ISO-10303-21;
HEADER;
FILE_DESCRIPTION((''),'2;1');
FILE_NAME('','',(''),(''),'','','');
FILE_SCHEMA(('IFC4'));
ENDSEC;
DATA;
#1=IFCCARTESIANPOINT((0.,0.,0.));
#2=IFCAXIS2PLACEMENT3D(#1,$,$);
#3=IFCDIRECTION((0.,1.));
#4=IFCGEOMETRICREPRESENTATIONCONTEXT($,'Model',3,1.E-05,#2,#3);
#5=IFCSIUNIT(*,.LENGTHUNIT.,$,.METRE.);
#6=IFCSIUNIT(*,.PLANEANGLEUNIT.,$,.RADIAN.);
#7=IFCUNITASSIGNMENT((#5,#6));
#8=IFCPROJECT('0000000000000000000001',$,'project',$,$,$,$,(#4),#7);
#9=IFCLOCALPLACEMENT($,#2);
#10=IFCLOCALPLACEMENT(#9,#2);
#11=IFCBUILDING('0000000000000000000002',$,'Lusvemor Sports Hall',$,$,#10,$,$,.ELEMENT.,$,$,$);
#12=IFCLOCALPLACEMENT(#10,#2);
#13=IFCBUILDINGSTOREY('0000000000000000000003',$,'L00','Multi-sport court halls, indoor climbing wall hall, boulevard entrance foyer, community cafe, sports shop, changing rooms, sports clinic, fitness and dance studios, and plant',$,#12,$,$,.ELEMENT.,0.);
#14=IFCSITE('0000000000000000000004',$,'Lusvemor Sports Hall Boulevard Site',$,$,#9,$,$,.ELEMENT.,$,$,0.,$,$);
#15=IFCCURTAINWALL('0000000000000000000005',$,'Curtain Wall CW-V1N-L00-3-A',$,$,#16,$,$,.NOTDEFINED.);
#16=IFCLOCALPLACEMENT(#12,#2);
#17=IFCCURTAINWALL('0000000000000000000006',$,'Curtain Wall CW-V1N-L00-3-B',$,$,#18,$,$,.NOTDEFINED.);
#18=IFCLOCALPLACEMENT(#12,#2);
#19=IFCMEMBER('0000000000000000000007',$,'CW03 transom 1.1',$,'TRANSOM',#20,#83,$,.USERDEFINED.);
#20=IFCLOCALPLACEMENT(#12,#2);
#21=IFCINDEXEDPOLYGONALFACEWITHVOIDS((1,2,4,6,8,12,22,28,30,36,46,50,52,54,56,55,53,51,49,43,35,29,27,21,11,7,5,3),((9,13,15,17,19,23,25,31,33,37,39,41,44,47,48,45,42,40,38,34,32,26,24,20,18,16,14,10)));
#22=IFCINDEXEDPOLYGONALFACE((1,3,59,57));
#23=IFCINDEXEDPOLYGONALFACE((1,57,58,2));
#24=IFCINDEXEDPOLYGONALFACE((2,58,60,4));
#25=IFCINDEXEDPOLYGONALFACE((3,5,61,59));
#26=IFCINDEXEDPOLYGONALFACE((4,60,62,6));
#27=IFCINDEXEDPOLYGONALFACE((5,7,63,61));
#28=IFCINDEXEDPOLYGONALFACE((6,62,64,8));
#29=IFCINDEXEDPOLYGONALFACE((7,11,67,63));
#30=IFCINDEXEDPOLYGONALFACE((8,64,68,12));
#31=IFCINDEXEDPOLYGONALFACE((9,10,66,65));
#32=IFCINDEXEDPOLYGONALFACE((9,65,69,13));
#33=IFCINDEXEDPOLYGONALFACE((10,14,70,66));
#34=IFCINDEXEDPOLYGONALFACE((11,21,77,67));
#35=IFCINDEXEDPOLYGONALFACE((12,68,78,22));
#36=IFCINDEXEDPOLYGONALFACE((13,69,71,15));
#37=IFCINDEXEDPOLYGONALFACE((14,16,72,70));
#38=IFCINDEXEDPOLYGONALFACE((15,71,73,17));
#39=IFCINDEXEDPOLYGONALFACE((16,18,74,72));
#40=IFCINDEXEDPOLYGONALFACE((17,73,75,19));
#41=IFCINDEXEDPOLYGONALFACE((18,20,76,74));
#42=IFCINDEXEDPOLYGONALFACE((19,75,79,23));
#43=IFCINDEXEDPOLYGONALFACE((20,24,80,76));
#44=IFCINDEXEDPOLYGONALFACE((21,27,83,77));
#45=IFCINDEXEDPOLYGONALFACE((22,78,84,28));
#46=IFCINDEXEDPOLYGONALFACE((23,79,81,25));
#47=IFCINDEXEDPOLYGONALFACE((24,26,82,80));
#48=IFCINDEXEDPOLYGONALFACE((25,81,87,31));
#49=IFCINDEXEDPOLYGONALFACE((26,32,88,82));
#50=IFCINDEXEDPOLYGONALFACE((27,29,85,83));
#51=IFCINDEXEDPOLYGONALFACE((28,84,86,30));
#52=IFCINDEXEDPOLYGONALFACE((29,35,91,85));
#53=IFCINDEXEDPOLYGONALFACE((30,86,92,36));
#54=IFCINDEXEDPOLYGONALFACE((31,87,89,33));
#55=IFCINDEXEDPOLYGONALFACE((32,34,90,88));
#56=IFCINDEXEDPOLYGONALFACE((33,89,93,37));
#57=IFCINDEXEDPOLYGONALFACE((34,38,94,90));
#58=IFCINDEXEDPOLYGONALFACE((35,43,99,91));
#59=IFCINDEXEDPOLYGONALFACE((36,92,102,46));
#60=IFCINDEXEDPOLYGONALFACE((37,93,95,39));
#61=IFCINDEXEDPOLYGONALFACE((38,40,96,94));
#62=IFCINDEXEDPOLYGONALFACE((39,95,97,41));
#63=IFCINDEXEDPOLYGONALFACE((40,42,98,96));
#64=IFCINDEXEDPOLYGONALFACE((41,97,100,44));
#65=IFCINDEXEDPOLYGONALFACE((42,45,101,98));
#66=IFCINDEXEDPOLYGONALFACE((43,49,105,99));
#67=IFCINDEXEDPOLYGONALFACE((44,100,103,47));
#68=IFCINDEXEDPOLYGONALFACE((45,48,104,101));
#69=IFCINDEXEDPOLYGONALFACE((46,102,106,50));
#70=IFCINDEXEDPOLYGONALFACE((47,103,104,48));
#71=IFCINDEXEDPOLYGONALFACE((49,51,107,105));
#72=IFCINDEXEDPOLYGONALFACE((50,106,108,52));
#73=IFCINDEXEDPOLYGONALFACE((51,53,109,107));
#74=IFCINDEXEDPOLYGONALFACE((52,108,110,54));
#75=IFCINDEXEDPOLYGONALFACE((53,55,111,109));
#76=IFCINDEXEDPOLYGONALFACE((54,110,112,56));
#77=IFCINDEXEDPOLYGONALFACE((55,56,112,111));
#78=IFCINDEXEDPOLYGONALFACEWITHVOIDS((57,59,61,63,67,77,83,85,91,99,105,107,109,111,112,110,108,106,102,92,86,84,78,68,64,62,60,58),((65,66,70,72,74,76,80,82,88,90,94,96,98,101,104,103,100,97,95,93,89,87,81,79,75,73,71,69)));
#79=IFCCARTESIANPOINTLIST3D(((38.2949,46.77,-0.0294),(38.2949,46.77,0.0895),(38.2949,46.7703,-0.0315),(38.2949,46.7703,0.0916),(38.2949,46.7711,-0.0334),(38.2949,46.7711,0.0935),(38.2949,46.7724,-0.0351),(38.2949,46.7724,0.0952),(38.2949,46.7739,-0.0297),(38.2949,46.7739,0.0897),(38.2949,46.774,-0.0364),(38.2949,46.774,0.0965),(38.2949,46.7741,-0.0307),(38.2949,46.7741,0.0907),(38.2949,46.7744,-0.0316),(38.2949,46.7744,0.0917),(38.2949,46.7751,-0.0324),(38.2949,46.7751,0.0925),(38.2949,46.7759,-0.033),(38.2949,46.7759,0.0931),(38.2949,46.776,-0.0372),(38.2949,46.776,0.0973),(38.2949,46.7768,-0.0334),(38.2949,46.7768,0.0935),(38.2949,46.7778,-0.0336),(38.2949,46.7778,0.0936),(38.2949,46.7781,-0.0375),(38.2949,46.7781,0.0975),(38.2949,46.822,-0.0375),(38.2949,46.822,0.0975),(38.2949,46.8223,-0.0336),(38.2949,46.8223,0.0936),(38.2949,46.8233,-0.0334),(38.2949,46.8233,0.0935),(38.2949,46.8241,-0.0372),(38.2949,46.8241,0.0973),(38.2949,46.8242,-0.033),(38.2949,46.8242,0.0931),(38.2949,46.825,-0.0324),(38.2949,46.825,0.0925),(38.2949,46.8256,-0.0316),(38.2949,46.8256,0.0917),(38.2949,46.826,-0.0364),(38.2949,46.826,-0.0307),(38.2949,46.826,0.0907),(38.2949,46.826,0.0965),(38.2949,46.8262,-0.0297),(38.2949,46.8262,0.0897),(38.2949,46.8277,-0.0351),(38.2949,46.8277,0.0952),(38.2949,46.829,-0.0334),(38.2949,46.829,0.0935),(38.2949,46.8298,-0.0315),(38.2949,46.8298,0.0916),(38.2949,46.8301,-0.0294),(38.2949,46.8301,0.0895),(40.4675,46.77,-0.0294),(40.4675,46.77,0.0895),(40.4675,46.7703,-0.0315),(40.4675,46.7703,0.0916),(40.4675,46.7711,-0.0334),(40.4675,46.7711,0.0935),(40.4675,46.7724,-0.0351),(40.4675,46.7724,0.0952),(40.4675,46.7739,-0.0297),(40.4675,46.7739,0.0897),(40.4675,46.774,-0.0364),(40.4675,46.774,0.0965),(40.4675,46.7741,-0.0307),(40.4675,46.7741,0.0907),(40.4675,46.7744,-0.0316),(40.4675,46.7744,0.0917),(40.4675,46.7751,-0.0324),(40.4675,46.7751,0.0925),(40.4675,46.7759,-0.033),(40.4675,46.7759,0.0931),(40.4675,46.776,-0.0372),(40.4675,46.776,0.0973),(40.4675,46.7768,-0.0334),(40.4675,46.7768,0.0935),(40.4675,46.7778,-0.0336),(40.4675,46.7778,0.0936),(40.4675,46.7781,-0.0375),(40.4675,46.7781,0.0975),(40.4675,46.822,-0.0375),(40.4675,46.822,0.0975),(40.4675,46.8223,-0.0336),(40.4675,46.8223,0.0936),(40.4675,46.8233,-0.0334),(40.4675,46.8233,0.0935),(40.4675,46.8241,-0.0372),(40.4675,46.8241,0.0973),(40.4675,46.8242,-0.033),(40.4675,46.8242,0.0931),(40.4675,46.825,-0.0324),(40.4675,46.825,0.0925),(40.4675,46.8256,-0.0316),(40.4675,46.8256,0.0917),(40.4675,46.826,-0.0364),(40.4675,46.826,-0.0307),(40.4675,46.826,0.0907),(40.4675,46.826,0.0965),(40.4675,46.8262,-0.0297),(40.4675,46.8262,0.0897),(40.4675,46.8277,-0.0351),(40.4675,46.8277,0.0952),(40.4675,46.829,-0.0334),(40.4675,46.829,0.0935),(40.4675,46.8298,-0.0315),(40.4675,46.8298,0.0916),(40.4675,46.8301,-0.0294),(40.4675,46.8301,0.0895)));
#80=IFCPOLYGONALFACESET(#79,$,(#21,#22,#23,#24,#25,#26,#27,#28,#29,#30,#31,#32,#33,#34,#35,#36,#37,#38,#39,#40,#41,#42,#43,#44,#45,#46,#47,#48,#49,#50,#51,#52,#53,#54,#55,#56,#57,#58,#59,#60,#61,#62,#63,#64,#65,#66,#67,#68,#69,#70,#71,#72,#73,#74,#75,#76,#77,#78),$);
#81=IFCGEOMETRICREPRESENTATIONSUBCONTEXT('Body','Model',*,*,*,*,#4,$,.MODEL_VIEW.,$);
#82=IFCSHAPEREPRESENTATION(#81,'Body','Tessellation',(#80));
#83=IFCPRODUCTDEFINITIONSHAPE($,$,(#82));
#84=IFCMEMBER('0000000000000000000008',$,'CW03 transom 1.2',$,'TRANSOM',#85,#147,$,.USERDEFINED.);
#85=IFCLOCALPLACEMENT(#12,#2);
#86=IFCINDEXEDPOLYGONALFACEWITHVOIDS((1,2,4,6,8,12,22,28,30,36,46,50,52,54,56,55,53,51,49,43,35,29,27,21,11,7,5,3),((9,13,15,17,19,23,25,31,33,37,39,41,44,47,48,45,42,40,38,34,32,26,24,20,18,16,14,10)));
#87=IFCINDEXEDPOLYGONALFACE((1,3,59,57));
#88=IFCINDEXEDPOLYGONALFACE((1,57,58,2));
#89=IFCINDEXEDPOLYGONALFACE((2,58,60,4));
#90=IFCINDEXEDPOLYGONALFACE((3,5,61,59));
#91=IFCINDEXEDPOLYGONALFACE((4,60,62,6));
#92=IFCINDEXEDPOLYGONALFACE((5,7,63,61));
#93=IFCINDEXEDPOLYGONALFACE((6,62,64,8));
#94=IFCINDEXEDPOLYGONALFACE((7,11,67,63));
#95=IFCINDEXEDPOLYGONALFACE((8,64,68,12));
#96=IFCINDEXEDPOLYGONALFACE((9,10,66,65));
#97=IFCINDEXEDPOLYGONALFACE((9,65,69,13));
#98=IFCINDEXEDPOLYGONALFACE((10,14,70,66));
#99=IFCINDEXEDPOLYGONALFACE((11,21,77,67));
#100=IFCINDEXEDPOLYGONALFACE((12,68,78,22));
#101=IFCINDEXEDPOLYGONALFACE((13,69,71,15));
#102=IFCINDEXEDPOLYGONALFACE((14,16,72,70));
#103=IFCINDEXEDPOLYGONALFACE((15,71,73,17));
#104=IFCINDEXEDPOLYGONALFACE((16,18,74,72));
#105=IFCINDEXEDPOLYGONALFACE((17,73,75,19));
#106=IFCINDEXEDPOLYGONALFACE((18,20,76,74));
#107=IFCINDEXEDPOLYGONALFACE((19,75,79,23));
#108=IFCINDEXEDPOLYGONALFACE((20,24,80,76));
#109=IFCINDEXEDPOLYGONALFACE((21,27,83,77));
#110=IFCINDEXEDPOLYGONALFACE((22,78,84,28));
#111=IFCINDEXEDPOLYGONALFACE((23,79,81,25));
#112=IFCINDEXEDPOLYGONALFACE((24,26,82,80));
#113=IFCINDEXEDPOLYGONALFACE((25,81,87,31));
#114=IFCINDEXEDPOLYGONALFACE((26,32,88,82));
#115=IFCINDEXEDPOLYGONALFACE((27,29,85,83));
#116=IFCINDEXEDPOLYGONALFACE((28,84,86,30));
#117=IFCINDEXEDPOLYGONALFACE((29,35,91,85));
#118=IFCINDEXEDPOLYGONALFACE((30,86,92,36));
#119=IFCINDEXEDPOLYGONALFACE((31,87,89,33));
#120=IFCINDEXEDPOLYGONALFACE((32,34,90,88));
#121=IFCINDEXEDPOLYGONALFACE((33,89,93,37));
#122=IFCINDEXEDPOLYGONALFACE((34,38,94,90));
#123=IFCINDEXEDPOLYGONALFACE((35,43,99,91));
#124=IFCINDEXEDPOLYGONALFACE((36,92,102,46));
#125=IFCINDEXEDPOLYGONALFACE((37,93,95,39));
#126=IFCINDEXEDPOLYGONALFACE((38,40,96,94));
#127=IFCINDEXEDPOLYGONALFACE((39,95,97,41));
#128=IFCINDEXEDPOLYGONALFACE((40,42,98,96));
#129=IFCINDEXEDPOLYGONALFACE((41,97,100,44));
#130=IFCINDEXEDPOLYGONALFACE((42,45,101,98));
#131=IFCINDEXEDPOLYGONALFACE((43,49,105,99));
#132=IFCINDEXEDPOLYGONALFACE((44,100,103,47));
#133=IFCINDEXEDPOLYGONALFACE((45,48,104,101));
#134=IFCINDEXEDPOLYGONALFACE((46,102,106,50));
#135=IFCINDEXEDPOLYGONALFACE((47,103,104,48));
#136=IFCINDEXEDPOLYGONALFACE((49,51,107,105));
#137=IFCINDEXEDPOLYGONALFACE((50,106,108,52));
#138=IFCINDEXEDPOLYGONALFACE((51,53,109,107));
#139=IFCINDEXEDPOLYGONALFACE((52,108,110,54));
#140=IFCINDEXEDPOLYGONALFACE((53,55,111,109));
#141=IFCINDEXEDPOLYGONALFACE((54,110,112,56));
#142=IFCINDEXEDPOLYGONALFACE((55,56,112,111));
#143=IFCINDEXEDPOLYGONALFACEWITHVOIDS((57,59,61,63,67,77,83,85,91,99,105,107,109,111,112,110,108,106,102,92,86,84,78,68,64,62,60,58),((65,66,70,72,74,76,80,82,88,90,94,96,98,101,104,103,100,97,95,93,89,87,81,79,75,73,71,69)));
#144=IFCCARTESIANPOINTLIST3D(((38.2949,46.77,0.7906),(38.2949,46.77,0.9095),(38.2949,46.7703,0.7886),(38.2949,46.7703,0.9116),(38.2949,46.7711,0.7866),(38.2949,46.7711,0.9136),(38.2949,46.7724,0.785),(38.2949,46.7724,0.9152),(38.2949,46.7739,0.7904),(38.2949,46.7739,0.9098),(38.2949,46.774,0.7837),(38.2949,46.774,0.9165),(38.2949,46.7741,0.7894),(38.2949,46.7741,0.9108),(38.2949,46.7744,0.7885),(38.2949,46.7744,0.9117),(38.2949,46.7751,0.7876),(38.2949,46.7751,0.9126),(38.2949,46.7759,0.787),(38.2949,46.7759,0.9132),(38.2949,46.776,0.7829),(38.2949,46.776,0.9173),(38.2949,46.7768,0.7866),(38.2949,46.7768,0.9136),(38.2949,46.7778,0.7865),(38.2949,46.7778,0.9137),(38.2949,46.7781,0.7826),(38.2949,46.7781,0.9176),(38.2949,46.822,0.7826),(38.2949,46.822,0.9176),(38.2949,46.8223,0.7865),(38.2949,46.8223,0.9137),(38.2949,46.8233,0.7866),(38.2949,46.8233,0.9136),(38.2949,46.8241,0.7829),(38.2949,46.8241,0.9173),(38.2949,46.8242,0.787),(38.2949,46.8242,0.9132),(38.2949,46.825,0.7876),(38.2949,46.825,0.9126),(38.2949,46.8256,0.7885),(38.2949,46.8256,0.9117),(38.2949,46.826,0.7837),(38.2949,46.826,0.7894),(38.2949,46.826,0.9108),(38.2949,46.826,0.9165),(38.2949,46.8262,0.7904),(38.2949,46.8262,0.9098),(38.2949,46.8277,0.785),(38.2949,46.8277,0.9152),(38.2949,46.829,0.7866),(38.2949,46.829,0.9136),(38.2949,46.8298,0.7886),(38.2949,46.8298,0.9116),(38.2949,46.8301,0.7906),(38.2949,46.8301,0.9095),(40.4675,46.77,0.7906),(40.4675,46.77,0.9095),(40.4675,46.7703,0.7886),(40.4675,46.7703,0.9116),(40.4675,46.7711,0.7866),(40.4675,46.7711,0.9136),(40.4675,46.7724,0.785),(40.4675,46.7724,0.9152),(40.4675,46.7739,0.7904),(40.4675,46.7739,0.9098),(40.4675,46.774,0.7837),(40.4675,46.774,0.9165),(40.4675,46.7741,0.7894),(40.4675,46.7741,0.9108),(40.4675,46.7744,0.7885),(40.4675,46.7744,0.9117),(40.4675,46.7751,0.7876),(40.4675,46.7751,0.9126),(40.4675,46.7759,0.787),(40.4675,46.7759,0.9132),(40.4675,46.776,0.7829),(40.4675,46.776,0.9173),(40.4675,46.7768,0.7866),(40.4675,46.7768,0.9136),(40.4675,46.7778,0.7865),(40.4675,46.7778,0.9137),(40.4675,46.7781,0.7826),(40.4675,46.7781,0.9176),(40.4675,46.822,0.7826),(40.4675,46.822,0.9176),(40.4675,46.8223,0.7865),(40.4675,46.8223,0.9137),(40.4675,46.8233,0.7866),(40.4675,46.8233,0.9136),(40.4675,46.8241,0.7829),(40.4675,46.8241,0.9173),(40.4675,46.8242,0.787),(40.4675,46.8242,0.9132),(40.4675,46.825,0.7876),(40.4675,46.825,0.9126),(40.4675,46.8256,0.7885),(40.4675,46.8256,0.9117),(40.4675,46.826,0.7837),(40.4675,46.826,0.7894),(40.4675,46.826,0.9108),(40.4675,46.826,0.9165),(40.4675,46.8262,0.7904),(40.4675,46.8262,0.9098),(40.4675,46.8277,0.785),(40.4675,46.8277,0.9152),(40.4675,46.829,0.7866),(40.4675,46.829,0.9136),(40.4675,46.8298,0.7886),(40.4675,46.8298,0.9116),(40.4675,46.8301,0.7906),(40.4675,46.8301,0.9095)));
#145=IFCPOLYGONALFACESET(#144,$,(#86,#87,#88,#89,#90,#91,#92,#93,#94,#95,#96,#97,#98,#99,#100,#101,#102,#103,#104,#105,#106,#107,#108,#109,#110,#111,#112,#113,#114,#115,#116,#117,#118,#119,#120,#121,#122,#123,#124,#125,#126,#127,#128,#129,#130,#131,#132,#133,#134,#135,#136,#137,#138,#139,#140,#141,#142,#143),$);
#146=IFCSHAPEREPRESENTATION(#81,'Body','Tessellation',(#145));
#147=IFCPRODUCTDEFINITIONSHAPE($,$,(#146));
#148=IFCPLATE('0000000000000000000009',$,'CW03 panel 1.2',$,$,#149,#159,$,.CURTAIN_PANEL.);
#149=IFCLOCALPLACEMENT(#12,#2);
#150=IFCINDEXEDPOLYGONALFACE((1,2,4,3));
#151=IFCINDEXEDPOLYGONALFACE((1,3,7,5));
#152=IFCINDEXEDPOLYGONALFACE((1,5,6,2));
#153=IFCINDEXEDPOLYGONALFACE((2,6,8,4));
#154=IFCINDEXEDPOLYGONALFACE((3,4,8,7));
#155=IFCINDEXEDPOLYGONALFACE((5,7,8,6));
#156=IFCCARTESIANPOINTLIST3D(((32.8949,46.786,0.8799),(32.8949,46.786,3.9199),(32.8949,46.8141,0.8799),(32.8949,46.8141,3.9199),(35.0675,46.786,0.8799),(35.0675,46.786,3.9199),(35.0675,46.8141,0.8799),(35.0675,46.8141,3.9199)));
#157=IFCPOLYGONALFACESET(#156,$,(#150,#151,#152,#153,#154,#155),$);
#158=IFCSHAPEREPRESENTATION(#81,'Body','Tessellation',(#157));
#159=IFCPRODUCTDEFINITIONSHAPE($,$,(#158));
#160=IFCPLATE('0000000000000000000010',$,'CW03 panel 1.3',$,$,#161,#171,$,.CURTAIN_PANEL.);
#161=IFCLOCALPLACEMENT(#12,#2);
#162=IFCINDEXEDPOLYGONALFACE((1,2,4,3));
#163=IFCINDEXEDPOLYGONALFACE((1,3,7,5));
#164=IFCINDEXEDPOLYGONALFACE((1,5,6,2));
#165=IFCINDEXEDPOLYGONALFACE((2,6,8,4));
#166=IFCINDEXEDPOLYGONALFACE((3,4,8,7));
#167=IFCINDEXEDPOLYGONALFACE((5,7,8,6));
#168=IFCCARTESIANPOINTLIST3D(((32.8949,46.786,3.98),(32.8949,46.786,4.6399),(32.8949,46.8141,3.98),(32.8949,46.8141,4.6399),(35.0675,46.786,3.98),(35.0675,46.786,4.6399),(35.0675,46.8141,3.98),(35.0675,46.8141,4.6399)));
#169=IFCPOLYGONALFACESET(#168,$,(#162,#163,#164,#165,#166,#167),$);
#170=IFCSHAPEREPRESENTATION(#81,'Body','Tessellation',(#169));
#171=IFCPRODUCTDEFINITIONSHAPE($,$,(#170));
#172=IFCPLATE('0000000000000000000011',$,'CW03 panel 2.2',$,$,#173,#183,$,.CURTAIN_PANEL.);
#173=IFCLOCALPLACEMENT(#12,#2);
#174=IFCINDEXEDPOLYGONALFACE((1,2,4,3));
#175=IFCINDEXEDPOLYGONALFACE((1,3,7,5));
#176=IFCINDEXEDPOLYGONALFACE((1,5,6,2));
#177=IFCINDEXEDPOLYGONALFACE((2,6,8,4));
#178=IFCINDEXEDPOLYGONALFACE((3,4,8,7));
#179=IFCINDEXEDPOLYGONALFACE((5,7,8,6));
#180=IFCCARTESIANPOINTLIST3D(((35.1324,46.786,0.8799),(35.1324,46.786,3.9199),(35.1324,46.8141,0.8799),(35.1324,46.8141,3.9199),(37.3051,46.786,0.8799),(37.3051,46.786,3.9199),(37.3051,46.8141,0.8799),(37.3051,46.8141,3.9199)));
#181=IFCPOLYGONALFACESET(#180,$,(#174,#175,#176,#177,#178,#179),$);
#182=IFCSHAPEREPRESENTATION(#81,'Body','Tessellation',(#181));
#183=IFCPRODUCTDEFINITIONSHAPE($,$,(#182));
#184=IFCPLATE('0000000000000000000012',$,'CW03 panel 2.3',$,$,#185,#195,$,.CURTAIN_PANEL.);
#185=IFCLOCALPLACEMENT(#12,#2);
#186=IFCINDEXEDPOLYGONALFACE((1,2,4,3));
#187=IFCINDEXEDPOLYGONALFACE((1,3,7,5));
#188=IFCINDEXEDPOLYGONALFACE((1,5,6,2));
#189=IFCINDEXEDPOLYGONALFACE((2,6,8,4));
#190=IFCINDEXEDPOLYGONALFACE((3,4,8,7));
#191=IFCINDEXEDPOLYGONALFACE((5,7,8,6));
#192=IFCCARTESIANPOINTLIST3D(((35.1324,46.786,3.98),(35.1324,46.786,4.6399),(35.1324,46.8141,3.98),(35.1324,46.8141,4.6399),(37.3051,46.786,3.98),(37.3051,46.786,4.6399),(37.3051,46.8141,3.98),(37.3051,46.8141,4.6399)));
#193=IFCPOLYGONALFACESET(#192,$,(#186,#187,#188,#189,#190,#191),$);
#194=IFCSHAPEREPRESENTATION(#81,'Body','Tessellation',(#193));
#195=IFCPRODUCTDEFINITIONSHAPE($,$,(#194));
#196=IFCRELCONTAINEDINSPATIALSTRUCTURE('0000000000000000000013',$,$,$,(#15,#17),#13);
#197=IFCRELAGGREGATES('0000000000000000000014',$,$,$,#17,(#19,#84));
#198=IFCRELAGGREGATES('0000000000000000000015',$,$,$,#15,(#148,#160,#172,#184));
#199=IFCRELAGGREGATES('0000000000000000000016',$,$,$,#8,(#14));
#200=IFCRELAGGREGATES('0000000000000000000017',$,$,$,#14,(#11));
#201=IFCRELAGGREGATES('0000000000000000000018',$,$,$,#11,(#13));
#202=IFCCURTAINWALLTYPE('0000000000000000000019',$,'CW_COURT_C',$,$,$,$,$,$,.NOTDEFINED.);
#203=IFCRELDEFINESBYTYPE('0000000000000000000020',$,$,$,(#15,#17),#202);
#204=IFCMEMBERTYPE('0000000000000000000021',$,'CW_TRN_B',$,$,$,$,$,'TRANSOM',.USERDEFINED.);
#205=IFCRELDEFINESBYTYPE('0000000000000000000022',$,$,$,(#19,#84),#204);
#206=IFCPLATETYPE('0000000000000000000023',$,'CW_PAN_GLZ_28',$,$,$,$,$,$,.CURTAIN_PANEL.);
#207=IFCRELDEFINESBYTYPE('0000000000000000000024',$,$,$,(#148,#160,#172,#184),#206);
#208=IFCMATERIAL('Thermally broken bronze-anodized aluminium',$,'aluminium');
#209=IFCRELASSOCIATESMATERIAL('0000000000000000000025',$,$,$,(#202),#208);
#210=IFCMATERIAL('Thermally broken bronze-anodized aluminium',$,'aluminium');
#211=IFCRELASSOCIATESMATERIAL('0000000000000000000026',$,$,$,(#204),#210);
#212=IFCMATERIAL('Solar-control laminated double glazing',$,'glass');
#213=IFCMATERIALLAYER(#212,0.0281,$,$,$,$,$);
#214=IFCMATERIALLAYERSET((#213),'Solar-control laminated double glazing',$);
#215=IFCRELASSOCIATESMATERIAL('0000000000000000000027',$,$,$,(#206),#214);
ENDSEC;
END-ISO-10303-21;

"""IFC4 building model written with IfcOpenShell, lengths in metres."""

from ifc_helpers import new_model, si_unit, direction, frame, origin, origin_2d, place, context, subcontext, project, spatial, rectangle, hollow_rectangle, extrude, material, layer, layer_set, material_profile, profile_set, type_object, element, aggregate, save


model = new_model("IFC4")

# Units and contexts
model_context = context("Model", 3, precision=1e-05, world=origin(), true_north=direction((0.0, 1.0)))
body_context = subcontext(model_context, "Body", "Model", "MODEL_VIEW")
ifc_project = project(units=[si_unit("LENGTHUNIT", "METRE"), si_unit("PLANEANGLEUNIT", "RADIAN")], contexts=[model_context])

# Site, building, storey
site_placement = place(None, origin())
site = spatial("IfcSite", under=ifc_project, at=site_placement, Name="Lusvemor Sports Hall Boulevard Site", CompositionType="ELEMENT", RefElevation=0.0)
building_placement = place(site_placement, origin())
building = spatial("IfcBuilding", under=site, at=building_placement, Name="Lusvemor Sports Hall", CompositionType="ELEMENT")
storey_placement = place(building_placement, origin())
storey = spatial("IfcBuildingStorey", under=building, at=storey_placement, Name="L00", Description="Multi-sport court halls, indoor climbing wall hall, boulevard entrance foyer, community cafe, sports shop, changing rooms, sports clinic, fitness and dance studios, and plant", CompositionType="ELEMENT", Elevation=0.0)

# Curtain wall
ifc_material_1 = material(Name="Thermally broken bronze-anodized aluminium", Category="aluminium")
curtain_wall_type = type_object("IfcCurtainWallType", Name="CW_COURT_C", PredefinedType="NOTDEFINED", material=ifc_material_1)
curtain_wall_1_placement = place(storey_placement, origin())
curtain_wall_1 = element("IfcCurtainWall", 1, at=curtain_wall_1_placement, inside=storey, type_object=curtain_wall_type, Name="Curtain Wall CW-V1N-L00-3-A", PredefinedType="NOTDEFINED")

# Curtain wall
curtain_wall_2_placement = place(storey_placement, origin())
curtain_wall_2 = element("IfcCurtainWall", 2, at=curtain_wall_2_placement, inside=storey, type_object=curtain_wall_type, Name="Curtain Wall CW-V1N-L00-3-B", PredefinedType="NOTDEFINED")

# Members
ifc_material_2 = material(Name="Thermally broken bronze-anodized aluminium", Category="aluminium")
ifc_material_profile_1 = material_profile(ifc_material_2, hollow_rectangle(XDim=0.0601, YDim=0.135, WallThickness=0.0039, InnerFilletRadius=0.0039, OuterFilletRadius=0.0081, at=origin_2d()), Name="CWTRN135x60x4")
ifc_profile_set_1 = profile_set([ifc_material_profile_1], Name="Thermally broken bronze-anodized aluminium")
member_type_1 = type_object("IfcMemberType", Name="CW_TRN_B", ElementType="TRANSOM", PredefinedType="USERDEFINED", material=ifc_profile_set_1)
member_1_placement = place(storey_placement, frame((38.2949, 46.8, 0.03), z_axis=(1.0, 0.0, 0.0), x_axis=(0.0, 1.0, 0.0)))
member_1 = element("IfcMember", 3, at=member_1_placement, type_object=member_type_1, Name="CW03 transom 1.1", ObjectType="TRANSOM", PredefinedType="USERDEFINED", context=body_context, shape_type="SweptSolid", body=[
    extrude(hollow_rectangle(XDim=0.0601, YDim=0.135, WallThickness=0.0039, InnerFilletRadius=0.0039, OuterFilletRadius=0.0081, at=origin_2d()), origin(), (0.0, 0.0, 1.0), 2.1726),
])
member_2_placement = place(storey_placement, frame((38.2949, 46.8, 0.8501), z_axis=(1.0, 0.0, 0.0), x_axis=(0.0, 1.0, 0.0)))
member_2 = element("IfcMember", 4, at=member_2_placement, type_object=member_type_1, Name="CW03 transom 1.2", ObjectType="TRANSOM", PredefinedType="USERDEFINED", context=body_context, shape_type="SweptSolid", body=[
    extrude(hollow_rectangle(XDim=0.0601, YDim=0.135, WallThickness=0.0039, InnerFilletRadius=0.0039, OuterFilletRadius=0.0081, at=origin_2d()), origin(), (0.0, 0.0, 1.0), 2.1726),
])
aggregate(curtain_wall_2, [member_1, member_2])

# Plates
ifc_material_3 = material(Name="Solar-control laminated double glazing", Category="glass")
ifc_layer_1 = layer(ifc_material_3, 0.0281)
ifc_layer_set_1 = layer_set([ifc_layer_1], Name="Solar-control laminated double glazing")
plate_type_1 = type_object("IfcPlateType", Name="CW_PAN_GLZ_28", PredefinedType="CURTAIN_PANEL", material=ifc_layer_set_1)
plate_1_placement = place(storey_placement, frame((33.9812, 46.8, 0.8799), z_axis=(0.0, 0.0, 1.0), x_axis=(1.0, 0.0, 0.0)))
plate_1 = element("IfcPlate", 5, at=plate_1_placement, type_object=plate_type_1, Name="CW03 panel 1.2", PredefinedType="CURTAIN_PANEL", context=body_context, shape_type="SweptSolid", body=[
    extrude(rectangle(XDim=2.1726, YDim=0.0281, at=origin_2d()), origin(), (0.0, 0.0, 1.0), 3.04),
])
plate_2_placement = place(storey_placement, frame((33.9812, 46.8, 3.98), z_axis=(0.0, 0.0, 1.0), x_axis=(1.0, 0.0, 0.0)))
plate_2 = element("IfcPlate", 6, at=plate_2_placement, type_object=plate_type_1, Name="CW03 panel 1.3", PredefinedType="CURTAIN_PANEL", context=body_context, shape_type="SweptSolid", body=[
    extrude(rectangle(XDim=2.1726, YDim=0.0281, at=origin_2d()), origin(), (0.0, 0.0, 1.0), 0.6599),
])
plate_3_placement = place(storey_placement, frame((36.2188, 46.8, 0.8799), z_axis=(0.0, 0.0, 1.0), x_axis=(1.0, 0.0, 0.0)))
plate_3 = element("IfcPlate", 7, at=plate_3_placement, type_object=plate_type_1, Name="CW03 panel 2.2", PredefinedType="CURTAIN_PANEL", context=body_context, shape_type="SweptSolid", body=[
    extrude(rectangle(XDim=2.1726, YDim=0.0281, at=origin_2d()), origin(), (0.0, 0.0, 1.0), 3.04),
])
plate_4_placement = place(storey_placement, frame((36.2188, 46.8, 3.98), z_axis=(0.0, 0.0, 1.0), x_axis=(1.0, 0.0, 0.0)))
plate_4 = element("IfcPlate", 8, at=plate_4_placement, type_object=plate_type_1, Name="CW03 panel 2.3", PredefinedType="CURTAIN_PANEL", context=body_context, shape_type="SweptSolid", body=[
    extrude(rectangle(XDim=2.1726, YDim=0.0281, at=origin_2d()), origin(), (0.0, 0.0, 1.0), 0.6599),
])
aggregate(curtain_wall_1, [plate_1, plate_2, plate_3, plate_4])

save(model, "model.ifc")
